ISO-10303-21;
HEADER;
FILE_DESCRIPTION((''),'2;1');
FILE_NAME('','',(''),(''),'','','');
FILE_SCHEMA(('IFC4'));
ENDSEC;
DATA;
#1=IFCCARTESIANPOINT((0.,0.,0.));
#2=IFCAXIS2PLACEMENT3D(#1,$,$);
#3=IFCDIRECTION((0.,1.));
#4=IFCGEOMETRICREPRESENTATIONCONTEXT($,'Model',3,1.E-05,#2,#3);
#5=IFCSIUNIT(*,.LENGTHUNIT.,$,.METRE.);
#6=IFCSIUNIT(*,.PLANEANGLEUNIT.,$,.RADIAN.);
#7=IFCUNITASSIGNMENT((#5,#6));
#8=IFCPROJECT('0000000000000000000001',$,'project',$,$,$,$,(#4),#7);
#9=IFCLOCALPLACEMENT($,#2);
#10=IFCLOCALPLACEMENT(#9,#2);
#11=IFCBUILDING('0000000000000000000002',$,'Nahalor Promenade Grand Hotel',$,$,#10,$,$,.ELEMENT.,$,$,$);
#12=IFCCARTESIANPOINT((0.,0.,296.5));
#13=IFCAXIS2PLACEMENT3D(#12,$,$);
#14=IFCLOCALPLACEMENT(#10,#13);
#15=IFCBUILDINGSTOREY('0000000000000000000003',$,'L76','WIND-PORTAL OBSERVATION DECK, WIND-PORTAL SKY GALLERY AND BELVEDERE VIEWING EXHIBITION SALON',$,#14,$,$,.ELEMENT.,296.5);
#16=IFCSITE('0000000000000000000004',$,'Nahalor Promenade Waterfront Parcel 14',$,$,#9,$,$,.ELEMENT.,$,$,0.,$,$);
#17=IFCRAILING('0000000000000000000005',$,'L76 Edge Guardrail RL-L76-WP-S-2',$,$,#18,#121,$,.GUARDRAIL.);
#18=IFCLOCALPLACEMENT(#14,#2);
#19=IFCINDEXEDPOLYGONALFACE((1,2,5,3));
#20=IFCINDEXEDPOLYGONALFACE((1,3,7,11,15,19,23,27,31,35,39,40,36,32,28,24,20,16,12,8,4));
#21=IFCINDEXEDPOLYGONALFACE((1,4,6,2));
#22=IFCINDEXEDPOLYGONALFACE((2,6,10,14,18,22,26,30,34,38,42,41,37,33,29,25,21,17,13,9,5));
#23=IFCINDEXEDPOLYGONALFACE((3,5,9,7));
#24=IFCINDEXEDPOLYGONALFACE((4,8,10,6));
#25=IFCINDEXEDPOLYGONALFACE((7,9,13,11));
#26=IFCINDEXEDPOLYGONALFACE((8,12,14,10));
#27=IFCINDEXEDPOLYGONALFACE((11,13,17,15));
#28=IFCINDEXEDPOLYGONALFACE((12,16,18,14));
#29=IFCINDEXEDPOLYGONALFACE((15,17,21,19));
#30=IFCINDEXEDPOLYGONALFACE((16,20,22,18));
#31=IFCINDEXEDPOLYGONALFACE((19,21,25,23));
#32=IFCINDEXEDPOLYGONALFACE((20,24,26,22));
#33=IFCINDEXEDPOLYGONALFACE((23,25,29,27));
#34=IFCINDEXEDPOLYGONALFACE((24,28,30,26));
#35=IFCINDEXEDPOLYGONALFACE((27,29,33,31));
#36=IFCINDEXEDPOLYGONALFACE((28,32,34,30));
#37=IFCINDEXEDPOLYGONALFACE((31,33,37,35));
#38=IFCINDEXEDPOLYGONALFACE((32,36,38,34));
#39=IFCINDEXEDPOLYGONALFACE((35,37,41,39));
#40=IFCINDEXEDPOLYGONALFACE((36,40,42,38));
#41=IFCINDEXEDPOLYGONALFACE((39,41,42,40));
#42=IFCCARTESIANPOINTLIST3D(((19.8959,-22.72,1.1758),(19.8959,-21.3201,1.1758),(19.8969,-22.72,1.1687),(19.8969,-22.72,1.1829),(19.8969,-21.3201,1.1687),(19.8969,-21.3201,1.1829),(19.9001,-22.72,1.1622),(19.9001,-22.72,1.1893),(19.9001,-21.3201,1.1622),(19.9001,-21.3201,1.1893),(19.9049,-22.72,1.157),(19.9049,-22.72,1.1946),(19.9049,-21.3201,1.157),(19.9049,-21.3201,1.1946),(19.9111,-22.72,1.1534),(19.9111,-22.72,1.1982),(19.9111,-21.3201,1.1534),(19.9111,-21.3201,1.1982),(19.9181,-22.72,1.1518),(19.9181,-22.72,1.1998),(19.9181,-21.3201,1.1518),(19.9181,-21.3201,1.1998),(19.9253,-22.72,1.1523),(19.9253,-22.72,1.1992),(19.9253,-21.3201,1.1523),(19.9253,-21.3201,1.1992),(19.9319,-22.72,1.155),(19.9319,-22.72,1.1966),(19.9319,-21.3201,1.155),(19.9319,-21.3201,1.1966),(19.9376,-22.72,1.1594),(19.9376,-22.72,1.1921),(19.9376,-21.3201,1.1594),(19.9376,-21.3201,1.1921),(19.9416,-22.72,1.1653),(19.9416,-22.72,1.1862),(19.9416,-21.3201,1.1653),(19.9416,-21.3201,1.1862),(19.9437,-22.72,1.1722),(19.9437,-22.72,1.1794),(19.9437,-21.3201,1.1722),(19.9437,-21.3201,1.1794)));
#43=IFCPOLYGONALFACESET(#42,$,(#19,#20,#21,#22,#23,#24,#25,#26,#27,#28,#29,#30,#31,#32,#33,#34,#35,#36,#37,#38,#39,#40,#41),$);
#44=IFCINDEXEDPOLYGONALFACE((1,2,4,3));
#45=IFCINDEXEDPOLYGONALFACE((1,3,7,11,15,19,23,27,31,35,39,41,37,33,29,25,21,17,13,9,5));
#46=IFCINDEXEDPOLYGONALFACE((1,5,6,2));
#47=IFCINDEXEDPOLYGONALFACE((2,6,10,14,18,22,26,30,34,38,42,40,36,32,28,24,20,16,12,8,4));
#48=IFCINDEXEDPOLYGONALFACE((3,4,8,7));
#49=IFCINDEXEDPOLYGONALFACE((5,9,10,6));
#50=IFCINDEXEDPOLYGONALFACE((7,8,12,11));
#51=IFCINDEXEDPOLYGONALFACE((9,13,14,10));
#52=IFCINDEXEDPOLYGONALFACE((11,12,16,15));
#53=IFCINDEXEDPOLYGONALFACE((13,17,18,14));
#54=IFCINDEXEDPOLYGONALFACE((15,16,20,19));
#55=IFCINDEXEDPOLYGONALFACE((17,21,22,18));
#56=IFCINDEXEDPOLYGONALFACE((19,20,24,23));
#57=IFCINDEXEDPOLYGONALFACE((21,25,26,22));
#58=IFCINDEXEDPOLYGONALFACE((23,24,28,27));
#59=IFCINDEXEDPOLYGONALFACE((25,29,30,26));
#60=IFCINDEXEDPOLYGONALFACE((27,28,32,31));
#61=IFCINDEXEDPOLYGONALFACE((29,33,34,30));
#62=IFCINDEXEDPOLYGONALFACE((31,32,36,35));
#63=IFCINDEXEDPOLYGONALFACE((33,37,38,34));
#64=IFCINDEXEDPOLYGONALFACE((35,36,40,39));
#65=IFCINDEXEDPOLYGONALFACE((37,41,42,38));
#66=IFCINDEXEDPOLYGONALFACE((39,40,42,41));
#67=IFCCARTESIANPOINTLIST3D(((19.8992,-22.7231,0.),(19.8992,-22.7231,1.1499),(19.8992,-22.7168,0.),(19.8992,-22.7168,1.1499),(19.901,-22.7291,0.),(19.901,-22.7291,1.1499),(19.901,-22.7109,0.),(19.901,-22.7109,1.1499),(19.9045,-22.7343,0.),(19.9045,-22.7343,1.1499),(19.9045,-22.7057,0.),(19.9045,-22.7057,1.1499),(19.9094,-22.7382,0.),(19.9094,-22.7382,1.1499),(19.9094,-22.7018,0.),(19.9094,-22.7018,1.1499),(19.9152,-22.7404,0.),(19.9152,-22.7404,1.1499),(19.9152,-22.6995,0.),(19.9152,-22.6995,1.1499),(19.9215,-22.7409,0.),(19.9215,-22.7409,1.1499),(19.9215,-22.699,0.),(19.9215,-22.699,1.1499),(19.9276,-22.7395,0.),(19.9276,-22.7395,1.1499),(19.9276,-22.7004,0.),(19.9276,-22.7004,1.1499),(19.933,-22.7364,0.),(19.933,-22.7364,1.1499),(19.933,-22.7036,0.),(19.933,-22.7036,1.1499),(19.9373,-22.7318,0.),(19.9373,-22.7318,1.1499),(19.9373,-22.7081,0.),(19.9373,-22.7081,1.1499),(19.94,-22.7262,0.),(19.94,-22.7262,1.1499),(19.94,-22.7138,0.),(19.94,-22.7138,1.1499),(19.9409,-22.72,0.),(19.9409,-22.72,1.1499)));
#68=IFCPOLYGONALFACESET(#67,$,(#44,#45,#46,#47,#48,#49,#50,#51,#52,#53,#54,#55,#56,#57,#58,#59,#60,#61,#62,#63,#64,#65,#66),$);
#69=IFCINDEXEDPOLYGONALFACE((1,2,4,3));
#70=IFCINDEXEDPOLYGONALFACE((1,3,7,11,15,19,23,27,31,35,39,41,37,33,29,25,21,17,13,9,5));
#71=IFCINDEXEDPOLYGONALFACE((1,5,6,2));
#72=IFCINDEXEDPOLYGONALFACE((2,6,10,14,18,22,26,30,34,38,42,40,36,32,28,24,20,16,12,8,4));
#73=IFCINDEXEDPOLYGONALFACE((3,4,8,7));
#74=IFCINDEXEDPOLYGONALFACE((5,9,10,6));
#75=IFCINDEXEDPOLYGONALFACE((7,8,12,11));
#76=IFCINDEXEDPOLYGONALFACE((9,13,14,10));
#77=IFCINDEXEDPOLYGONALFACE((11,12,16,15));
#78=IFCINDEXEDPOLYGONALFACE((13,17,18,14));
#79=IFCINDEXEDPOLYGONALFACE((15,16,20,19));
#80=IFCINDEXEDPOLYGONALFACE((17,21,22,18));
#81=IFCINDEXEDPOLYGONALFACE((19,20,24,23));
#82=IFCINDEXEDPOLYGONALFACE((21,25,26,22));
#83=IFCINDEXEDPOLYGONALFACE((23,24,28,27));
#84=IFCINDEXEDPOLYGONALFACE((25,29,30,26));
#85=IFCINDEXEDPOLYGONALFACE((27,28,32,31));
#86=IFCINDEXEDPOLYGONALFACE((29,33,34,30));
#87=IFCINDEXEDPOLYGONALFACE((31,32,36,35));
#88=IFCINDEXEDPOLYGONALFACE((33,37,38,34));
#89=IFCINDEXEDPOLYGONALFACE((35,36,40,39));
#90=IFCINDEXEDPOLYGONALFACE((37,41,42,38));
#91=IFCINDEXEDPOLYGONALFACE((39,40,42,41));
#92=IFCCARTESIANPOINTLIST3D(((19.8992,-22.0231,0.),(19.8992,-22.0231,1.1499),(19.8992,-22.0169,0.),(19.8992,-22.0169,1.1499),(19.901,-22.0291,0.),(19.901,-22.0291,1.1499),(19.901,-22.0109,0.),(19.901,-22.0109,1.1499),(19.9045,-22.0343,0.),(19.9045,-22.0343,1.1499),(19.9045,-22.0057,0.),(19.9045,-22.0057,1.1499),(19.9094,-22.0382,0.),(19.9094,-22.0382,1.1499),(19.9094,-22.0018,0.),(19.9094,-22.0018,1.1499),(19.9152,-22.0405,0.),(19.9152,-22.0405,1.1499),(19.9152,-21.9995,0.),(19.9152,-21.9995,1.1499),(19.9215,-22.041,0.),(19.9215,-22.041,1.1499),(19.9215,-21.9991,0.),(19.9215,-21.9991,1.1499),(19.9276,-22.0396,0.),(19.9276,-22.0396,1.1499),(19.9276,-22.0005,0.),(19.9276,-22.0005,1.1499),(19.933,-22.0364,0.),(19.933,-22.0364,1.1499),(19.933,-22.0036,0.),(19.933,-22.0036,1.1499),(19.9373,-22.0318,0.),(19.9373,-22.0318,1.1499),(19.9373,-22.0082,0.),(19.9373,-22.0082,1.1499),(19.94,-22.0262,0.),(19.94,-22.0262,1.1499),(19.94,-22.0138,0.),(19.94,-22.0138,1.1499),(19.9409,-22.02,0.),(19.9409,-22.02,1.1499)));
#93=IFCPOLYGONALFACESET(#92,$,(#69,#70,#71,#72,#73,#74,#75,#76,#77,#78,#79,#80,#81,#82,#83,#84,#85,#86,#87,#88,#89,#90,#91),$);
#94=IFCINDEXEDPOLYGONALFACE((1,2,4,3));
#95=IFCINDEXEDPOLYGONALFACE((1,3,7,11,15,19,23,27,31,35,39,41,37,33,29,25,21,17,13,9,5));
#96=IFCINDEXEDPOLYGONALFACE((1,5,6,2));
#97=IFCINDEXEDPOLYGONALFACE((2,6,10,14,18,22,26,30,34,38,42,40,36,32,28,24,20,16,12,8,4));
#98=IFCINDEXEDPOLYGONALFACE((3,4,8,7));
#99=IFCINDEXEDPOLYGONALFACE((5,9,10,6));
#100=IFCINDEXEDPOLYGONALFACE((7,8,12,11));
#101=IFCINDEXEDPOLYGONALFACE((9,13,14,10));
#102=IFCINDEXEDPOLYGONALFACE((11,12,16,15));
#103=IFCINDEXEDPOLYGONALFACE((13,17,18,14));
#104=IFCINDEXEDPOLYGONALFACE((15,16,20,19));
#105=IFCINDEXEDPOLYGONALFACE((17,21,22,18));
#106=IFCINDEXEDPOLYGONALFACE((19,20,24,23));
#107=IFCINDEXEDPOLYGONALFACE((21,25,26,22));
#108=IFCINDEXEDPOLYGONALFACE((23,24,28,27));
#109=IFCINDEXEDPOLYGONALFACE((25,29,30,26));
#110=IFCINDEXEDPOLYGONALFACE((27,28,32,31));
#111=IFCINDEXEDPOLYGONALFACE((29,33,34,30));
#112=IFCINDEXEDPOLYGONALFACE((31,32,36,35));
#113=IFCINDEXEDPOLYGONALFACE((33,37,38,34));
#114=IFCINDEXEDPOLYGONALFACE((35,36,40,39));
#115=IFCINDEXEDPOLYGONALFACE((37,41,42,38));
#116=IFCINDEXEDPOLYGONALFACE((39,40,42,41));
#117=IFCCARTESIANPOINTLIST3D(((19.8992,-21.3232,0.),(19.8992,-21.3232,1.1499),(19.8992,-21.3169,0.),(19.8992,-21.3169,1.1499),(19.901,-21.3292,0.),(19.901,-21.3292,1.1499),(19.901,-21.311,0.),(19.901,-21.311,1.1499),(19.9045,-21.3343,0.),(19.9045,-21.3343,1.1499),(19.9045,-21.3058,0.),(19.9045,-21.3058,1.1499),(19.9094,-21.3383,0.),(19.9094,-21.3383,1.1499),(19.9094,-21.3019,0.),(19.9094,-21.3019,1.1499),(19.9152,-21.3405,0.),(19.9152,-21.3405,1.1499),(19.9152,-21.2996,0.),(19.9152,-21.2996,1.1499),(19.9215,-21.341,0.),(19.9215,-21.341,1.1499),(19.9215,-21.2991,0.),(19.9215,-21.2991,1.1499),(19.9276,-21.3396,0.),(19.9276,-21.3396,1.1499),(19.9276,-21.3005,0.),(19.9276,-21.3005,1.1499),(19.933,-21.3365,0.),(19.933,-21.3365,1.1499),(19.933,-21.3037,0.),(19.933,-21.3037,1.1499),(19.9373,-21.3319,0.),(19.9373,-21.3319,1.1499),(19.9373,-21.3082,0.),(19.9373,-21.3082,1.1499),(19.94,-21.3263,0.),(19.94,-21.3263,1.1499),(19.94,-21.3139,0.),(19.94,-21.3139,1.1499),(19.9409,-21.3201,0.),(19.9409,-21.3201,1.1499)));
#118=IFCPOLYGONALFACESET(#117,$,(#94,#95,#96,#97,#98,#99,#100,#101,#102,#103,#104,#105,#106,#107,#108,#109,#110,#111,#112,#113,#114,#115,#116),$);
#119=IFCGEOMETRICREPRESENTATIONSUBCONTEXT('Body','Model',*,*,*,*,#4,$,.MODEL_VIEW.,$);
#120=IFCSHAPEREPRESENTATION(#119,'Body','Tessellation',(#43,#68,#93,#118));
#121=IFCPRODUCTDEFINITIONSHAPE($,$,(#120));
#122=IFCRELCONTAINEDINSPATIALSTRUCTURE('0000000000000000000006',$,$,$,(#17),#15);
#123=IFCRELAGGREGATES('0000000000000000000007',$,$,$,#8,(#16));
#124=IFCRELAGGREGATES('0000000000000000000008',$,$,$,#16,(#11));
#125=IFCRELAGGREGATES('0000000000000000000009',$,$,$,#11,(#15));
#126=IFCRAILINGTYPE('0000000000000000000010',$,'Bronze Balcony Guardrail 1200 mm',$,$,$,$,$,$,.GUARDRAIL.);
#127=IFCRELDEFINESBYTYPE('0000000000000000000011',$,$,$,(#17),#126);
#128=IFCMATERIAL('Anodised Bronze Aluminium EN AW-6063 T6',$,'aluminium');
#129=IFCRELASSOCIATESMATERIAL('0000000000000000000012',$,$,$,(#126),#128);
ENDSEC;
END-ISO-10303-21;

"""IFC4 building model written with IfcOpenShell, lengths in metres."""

from ifc_helpers import new_model, si_unit, direction, frame, origin, origin_2d, place, context, subcontext, project, spatial, circle, extrude, material, type_object, element, save


model = new_model("IFC4")

# Units and contexts
model_context = context("Model", 3, precision=1e-05, world=origin(), true_north=direction((0.0, 1.0)))
body_context = subcontext(model_context, "Body", "Model", "MODEL_VIEW")
ifc_project = project(units=[si_unit("LENGTHUNIT", "METRE"), si_unit("PLANEANGLEUNIT", "RADIAN")], contexts=[model_context])

# Site, building, storey
site_placement = place(None, origin())
site = spatial("IfcSite", under=ifc_project, at=site_placement, Name="Nahalor Promenade Waterfront Parcel 14", CompositionType="ELEMENT", RefElevation=0.0)
building_placement = place(site_placement, origin())
building = spatial("IfcBuilding", under=site, at=building_placement, Name="Nahalor Promenade Grand Hotel", CompositionType="ELEMENT")
storey_placement = place(building_placement, frame((0.0, 0.0, 296.5)))
storey = spatial("IfcBuildingStorey", under=building, at=storey_placement, Name="L76", Description="WIND-PORTAL OBSERVATION DECK, WIND-PORTAL SKY GALLERY AND BELVEDERE VIEWING EXHIBITION SALON", CompositionType="ELEMENT", Elevation=296.5)

# Railing
ifc_material_1 = material(Name="Anodised Bronze Aluminium EN AW-6063 T6", Category="aluminium")
railing_type = type_object("IfcRailingType", Name="Bronze Balcony Guardrail 1200 mm", PredefinedType="GUARDRAIL", material=ifc_material_1)
railing_1_placement = place(storey_placement, frame((19.9199, -22.72, 0.0)))
element("IfcRailing", 1, at=railing_1_placement, inside=storey, type_object=railing_type, Name="L76 Edge Guardrail RL-L76-WP-S-2", PredefinedType="GUARDRAIL", context=body_context, shape_type="SweptSolid", body=[
    extrude(circle(Radius=0.024, at=origin_2d()), frame((0.0, 0.0, 1.1758), z_axis=(0.0, 1.0, 0.0), x_axis=(-1.0, 0.0, 0.0)), (0.0, 0.0, 1.0), 1.3999),
    extrude(circle(Radius=0.021, at=origin_2d()), origin(), (0.0, 0.0, 1.0), 1.1499),
    extrude(circle(Radius=0.021, at=origin_2d()), frame((0.0, 0.7, 0.0)), (0.0, 0.0, 1.0), 1.1499),
    extrude(circle(Radius=0.021, at=origin_2d()), frame((0.0, 1.3999, 0.0)), (0.0, 0.0, 1.0), 1.1499),
])

save(model, "model.ifc")
